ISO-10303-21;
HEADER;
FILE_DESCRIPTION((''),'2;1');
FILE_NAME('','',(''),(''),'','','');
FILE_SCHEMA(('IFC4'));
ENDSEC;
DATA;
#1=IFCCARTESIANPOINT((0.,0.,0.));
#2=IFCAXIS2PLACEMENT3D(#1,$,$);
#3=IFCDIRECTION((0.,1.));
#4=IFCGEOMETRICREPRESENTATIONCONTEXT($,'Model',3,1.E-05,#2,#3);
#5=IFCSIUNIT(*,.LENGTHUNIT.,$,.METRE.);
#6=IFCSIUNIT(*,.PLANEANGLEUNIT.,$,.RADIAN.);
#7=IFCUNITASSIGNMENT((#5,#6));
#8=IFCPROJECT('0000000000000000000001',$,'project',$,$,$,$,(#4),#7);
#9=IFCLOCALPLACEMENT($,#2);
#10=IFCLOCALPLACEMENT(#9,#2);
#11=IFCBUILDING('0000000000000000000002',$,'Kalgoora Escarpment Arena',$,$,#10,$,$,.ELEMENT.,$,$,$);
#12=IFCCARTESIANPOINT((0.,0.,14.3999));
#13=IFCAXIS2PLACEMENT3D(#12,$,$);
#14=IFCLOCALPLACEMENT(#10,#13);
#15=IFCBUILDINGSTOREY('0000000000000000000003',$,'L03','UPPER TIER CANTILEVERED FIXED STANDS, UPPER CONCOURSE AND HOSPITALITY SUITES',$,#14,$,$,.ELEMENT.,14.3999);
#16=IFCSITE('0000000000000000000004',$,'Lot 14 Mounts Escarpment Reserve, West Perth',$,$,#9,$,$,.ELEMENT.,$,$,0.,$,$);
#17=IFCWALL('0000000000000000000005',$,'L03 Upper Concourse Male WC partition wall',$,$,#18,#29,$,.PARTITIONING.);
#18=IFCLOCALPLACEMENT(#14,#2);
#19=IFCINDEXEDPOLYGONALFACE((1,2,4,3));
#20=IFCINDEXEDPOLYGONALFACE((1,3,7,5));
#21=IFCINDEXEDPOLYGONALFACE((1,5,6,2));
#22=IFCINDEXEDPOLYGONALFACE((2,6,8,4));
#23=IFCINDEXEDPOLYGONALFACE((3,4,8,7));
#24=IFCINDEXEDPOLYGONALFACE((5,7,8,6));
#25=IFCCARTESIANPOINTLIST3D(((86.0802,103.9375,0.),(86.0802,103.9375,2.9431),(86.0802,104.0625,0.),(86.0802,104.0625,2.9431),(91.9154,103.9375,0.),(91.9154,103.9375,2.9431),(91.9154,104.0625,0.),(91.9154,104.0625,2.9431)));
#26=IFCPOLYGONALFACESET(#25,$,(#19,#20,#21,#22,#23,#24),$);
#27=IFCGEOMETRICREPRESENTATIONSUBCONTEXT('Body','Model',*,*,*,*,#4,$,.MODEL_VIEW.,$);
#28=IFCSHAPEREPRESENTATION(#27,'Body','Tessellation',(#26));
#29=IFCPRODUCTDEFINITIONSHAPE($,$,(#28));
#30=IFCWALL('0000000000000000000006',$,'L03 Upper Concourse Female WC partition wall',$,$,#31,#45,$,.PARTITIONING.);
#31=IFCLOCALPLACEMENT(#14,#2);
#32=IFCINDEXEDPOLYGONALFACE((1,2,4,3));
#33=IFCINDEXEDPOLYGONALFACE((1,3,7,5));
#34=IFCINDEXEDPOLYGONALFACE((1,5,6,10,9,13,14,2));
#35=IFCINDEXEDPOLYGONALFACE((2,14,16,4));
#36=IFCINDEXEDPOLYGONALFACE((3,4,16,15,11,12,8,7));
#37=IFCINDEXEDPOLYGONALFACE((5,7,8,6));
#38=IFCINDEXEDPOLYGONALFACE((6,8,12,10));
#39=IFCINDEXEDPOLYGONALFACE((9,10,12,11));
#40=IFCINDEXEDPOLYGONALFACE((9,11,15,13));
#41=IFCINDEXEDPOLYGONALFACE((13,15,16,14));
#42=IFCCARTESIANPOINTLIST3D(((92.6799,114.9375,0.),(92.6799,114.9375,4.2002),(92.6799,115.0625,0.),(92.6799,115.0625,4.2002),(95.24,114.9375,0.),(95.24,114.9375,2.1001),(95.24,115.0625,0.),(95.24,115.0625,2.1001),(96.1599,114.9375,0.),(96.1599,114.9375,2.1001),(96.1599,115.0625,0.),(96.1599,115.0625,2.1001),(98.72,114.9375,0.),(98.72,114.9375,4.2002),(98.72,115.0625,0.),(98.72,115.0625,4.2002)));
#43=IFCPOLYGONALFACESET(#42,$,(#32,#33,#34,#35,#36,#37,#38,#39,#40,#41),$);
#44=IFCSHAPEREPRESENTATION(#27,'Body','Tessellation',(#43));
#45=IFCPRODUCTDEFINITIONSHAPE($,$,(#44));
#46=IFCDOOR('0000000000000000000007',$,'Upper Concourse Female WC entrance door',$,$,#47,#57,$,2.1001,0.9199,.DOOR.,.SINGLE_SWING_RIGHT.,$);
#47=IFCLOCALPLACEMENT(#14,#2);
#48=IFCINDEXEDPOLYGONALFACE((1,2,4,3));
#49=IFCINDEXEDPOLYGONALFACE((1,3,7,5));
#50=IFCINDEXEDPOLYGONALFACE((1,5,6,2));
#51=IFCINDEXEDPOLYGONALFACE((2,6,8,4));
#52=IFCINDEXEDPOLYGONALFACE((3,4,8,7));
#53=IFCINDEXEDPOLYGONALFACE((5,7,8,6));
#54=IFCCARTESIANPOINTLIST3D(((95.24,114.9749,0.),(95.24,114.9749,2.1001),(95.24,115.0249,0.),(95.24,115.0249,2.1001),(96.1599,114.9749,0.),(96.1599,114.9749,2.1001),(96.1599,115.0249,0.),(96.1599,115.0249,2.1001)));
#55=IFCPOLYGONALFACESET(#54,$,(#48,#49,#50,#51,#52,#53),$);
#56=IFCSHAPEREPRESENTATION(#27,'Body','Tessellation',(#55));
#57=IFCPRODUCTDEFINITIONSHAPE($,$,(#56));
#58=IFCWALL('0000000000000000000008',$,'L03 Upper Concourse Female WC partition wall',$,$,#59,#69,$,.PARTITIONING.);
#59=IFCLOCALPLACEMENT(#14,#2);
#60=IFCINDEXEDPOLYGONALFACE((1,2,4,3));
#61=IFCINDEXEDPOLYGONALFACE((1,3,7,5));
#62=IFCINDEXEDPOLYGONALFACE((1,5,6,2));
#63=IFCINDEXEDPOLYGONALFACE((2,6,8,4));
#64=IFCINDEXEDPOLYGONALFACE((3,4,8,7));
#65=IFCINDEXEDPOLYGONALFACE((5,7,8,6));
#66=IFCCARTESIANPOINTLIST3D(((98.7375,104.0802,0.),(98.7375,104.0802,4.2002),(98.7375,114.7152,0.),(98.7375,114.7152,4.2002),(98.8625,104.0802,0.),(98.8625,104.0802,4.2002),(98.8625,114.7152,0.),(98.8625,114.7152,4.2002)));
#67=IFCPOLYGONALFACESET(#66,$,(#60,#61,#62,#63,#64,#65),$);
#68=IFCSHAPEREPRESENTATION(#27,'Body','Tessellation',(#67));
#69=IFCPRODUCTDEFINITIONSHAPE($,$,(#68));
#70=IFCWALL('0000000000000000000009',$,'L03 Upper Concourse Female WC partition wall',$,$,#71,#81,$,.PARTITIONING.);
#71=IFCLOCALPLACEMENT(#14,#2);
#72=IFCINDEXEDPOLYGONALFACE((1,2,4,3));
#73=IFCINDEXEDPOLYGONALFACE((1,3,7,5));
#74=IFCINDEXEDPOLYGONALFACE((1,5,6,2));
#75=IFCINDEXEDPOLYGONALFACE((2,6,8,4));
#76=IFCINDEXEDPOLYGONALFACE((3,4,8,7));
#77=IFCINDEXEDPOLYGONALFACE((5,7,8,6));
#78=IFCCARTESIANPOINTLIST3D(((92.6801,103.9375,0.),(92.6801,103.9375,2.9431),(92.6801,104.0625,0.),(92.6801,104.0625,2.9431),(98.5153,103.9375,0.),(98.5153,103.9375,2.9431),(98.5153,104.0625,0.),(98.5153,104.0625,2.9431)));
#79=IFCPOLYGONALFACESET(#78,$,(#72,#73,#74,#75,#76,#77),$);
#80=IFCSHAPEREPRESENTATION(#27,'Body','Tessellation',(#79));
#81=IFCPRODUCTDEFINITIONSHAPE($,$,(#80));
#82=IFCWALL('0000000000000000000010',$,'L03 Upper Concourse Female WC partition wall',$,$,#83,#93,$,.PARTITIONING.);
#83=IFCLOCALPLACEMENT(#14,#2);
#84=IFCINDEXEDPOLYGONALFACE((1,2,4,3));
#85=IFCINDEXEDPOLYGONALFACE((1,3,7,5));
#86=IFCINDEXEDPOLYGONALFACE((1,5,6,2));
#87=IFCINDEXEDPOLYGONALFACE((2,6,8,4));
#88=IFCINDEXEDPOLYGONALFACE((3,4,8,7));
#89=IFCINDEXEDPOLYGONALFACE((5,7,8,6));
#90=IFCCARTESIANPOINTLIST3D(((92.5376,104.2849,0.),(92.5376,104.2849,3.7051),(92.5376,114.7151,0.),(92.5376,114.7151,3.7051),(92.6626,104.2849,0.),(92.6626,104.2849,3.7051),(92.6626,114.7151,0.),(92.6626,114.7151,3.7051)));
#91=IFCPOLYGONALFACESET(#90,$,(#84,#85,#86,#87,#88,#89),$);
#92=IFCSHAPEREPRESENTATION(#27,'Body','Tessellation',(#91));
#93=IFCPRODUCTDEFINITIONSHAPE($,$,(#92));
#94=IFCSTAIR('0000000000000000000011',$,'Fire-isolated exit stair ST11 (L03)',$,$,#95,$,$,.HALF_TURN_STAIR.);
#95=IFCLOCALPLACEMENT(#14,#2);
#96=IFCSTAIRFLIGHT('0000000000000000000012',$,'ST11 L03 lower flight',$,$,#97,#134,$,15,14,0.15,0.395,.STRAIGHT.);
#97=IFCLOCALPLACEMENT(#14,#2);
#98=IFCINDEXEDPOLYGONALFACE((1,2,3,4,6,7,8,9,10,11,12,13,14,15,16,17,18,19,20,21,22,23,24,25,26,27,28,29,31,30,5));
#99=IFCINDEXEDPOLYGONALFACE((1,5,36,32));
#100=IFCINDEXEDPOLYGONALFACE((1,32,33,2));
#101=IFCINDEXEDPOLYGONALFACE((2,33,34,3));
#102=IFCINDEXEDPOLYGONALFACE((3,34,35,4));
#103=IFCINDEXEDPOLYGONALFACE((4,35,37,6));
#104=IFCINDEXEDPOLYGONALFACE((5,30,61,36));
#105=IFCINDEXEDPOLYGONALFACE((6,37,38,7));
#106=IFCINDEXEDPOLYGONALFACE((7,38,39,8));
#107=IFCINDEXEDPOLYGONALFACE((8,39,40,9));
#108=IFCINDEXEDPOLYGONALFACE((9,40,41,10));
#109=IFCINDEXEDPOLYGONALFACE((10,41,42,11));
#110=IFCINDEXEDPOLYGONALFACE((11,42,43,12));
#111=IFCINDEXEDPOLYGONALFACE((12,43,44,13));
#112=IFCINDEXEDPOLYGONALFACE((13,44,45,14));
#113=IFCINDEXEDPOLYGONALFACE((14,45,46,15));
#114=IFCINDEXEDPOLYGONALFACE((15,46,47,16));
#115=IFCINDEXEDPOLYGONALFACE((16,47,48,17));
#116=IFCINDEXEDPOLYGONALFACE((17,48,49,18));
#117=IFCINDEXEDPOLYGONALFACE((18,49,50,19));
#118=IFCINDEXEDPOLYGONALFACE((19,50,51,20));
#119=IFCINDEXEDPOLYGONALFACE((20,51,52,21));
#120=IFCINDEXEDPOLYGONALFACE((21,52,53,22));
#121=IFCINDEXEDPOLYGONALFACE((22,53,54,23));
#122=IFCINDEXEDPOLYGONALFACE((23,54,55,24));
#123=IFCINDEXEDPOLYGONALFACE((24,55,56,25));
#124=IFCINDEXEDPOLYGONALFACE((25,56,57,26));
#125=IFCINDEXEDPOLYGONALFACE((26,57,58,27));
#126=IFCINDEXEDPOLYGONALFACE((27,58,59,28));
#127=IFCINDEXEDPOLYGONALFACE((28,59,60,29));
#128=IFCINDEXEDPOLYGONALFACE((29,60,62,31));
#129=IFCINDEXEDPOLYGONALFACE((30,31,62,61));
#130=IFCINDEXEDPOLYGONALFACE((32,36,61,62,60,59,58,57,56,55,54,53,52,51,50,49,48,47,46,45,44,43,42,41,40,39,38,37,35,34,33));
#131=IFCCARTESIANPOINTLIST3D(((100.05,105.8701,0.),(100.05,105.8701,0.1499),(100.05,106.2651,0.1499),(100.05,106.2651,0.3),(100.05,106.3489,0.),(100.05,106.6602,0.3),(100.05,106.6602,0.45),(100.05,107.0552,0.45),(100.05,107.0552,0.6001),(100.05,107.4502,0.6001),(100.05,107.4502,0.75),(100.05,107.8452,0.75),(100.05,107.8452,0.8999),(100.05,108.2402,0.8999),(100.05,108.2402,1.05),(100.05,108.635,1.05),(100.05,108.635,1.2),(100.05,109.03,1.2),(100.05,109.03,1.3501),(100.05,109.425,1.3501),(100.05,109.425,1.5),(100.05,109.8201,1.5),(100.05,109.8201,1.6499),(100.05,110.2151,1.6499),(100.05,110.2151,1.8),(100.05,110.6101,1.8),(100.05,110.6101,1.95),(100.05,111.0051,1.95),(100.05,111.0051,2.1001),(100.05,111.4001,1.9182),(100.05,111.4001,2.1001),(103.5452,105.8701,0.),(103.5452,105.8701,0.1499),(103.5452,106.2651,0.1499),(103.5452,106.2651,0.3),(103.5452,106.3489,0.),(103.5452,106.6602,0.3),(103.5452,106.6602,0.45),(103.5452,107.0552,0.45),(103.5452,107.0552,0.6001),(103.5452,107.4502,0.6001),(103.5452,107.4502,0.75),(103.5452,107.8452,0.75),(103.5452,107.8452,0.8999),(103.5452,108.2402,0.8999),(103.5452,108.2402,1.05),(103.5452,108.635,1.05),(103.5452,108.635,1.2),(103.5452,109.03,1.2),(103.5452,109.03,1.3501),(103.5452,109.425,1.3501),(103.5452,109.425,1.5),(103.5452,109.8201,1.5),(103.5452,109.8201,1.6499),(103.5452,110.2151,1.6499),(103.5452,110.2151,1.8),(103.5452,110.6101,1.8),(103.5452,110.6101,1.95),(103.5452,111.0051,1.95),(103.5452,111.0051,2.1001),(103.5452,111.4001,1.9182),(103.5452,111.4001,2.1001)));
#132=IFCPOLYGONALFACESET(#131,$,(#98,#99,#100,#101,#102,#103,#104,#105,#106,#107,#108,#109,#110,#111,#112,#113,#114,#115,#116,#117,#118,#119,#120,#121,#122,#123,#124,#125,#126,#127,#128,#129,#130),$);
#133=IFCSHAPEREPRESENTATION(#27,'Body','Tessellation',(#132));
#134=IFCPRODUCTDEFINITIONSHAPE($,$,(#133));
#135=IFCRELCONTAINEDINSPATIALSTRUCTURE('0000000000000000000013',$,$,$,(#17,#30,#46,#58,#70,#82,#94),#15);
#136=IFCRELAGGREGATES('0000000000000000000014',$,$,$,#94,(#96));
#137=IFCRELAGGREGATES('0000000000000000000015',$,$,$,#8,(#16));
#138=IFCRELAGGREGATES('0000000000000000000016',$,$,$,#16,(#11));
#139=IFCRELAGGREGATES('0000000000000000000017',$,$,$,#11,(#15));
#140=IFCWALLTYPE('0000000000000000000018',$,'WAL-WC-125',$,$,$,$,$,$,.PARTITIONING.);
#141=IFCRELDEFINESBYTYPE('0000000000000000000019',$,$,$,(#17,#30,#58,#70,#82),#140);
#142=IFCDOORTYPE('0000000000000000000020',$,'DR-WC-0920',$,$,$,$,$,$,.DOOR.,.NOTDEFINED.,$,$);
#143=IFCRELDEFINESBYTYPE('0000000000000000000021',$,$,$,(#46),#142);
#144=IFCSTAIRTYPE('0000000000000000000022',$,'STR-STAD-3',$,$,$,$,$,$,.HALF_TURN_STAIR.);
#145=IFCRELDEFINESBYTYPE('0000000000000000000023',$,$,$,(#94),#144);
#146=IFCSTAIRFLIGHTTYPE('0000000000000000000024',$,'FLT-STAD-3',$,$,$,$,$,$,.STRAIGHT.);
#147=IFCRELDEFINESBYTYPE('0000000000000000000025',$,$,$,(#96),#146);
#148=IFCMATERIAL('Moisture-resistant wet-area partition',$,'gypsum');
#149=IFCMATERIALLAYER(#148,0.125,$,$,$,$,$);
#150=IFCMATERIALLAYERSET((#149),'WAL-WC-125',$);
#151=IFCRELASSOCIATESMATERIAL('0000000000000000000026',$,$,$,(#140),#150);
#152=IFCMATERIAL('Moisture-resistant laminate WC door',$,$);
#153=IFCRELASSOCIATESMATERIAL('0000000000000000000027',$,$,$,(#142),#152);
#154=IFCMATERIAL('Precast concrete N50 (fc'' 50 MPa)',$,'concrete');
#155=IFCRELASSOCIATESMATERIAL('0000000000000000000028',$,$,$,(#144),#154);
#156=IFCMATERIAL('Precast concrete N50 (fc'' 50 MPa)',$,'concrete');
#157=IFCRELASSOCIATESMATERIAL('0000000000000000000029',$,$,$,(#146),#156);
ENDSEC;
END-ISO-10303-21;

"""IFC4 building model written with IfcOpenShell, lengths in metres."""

from ifc_helpers import new_model, si_unit, direction, frame, frame_2d, origin, place, context, subcontext, project, spatial, polyline, rectangle, outline, extrude, material, layer, layer_set, type_object, element, fill, aggregate, save


model = new_model("IFC4")

# Units and contexts
model_context = context("Model", 3, precision=1e-05, world=origin(), true_north=direction((0.0, 1.0)))
body_context = subcontext(model_context, "Body", "Model", "MODEL_VIEW")
ifc_project = project(units=[si_unit("LENGTHUNIT", "METRE"), si_unit("PLANEANGLEUNIT", "RADIAN")], contexts=[model_context])

# Site, building, storey
site_placement = place(None, origin())
site = spatial("IfcSite", under=ifc_project, at=site_placement, Name="Lot 14 Mounts Escarpment Reserve, West Perth", CompositionType="ELEMENT", RefElevation=0.0)
building_placement = place(site_placement, origin())
building = spatial("IfcBuilding", under=site, at=building_placement, Name="Kalgoora Escarpment Arena", CompositionType="ELEMENT")
storey_placement = place(building_placement, frame((0.0, 0.0, 14.3999)))
storey = spatial("IfcBuildingStorey", under=building, at=storey_placement, Name="L03", Description="UPPER TIER CANTILEVERED FIXED STANDS, UPPER CONCOURSE AND HOSPITALITY SUITES", CompositionType="ELEMENT", Elevation=14.3999)

# Wall
ifc_material_1 = material(Name="Moisture-resistant wet-area partition", Category="gypsum")
ifc_layer_1 = layer(ifc_material_1, 0.125)
ifc_layer_set_1 = layer_set([ifc_layer_1], Name="WAL-WC-125")
wall_type_1 = type_object("IfcWallType", Name="WAL-WC-125", PredefinedType="PARTITIONING", material=ifc_layer_set_1)
wall_1_placement = place(storey_placement, frame((91.9153, 104.0, 0.0), z_axis=(0.0, 0.0, 1.0), x_axis=(-1.0, 0.0, 0.0)))
element("IfcWall", 1, at=wall_1_placement, inside=storey, type_object=wall_type_1, Name="L03 Upper Concourse Male WC partition wall", PredefinedType="PARTITIONING", context=body_context, shape_type="SweptSolid", body=[
    extrude(rectangle(XDim=5.8352, YDim=0.125, at=frame_2d((2.9175, 0.0))), origin(), (0.0, 0.0, 1.0), 2.9431),
])

# Wall, opening, door
wall_2_placement = place(storey_placement, frame((92.6799, 115.0, 0.0), z_axis=(0.0, 0.0, 1.0), x_axis=(1.0, 0.0, 0.0)))
wall_2 = element("IfcWall", 2, at=wall_2_placement, inside=storey, type_object=wall_type_1, Name="L03 Upper Concourse Female WC partition wall", PredefinedType="PARTITIONING", context=body_context, shape_type="SweptSolid", body=[
    extrude(rectangle(XDim=6.04, YDim=0.125, at=frame_2d((3.02, 0.0))), origin(), (0.0, 0.0, 1.0), 4.2002),
])
opening_1_placement = place(wall_2_placement, frame((2.5601, 0.0, 0.0)))
opening_1 = element("IfcOpeningElement", 3, at=opening_1_placement, cuts=wall_2, PredefinedType="OPENING", context=body_context, shape_type="SweptSolid", body=[
    extrude(rectangle(XDim=0.9199, YDim=2.1001, at=frame_2d((0.46, 1.05))), frame((0.0, 0.0725, 0.0), z_axis=(0.0, -1.0, 0.0), x_axis=(1.0, 0.0, 0.0)), (0.0, 0.0, 1.0), 0.145),
])
ifc_material_2 = material(Name="Moisture-resistant laminate WC door")
door_type = type_object("IfcDoorType", Name="DR-WC-0920", OperationType="NOTDEFINED", PredefinedType="DOOR", material=ifc_material_2)
door_placement = place(opening_1_placement, origin())
door = element("IfcDoor", 4, at=door_placement, inside=storey, type_object=door_type, Name="Upper Concourse Female WC entrance door", OperationType="SINGLE_SWING_RIGHT", OverallHeight=2.1001, OverallWidth=0.9199, PredefinedType="DOOR", context=body_context, shape_type="SweptSolid", body=[
    extrude(rectangle(XDim=0.9199, YDim=2.1001, at=frame_2d((0.46, 1.05))), frame((0.0, 0.0249, 0.0), z_axis=(0.0, -1.0, 0.0), x_axis=(1.0, 0.0, 0.0)), (0.0, 0.0, 1.0), 0.05),
])
fill(opening_1, door)

# Walls
wall_3_placement = place(storey_placement, frame((98.8, 114.7151, 0.0), z_axis=(0.0, 0.0, 1.0), x_axis=(0.0, -1.0, 0.0)))
element("IfcWall", 5, at=wall_3_placement, inside=storey, type_object=wall_type_1, Name="L03 Upper Concourse Female WC partition wall", PredefinedType="PARTITIONING", context=body_context, shape_type="SweptSolid", body=[
    extrude(rectangle(XDim=10.635, YDim=0.125, at=frame_2d((5.3174, 0.0))), origin(), (0.0, 0.0, 1.0), 4.2002),
])
wall_4_placement = place(storey_placement, frame((98.5151, 104.0, 0.0), z_axis=(0.0, 0.0, 1.0), x_axis=(-1.0, 0.0, 0.0)))
element("IfcWall", 6, at=wall_4_placement, inside=storey, type_object=wall_type_1, Name="L03 Upper Concourse Female WC partition wall", PredefinedType="PARTITIONING", context=body_context, shape_type="SweptSolid", body=[
    extrude(rectangle(XDim=5.8352, YDim=0.125, at=frame_2d((2.9175, 0.0))), origin(), (0.0, 0.0, 1.0), 2.9431),
])
wall_5_placement = place(storey_placement, frame((92.6001, 104.2849, 0.0), z_axis=(0.0, 0.0, 1.0), x_axis=(0.0, 1.0, 0.0)))
element("IfcWall", 7, at=wall_5_placement, inside=storey, type_object=wall_type_1, Name="L03 Upper Concourse Female WC partition wall", PredefinedType="PARTITIONING", context=body_context, shape_type="SweptSolid", body=[
    extrude(rectangle(XDim=10.4302, YDim=0.125, at=frame_2d((5.2151, 0.0))), origin(), (0.0, 0.0, 1.0), 3.7051),
])

# Stair, stair flight
ifc_material_3 = material(Name="Precast concrete N50 (fc' 50 MPa)", Category="concrete")
stair_type = type_object("IfcStairType", Name="STR-STAD-3", PredefinedType="HALF_TURN_STAIR", material=ifc_material_3)
stair_placement = place(storey_placement, origin())
stair = element("IfcStair", 8, at=stair_placement, inside=storey, type_object=stair_type, Name="Fire-isolated exit stair ST11 (L03)", PredefinedType="HALF_TURN_STAIR")
ifc_material_4 = material(Name="Precast concrete N50 (fc' 50 MPa)", Category="concrete")
stair_flight_type = type_object("IfcStairFlightType", Name="FLT-STAD-3", PredefinedType="STRAIGHT", material=ifc_material_4)
stair_flight_placement = place(storey_placement, frame((101.7976, 105.8701, 0.0), z_axis=(0.0, 0.0, 1.0), x_axis=(0.0, 1.0, 0.0)))
stair_flight = element("IfcStairFlight", 9, at=stair_flight_placement, type_object=stair_flight_type, Name="ST11 L03 lower flight", NumberOfRisers=15, NumberOfTreads=14, PredefinedType="STRAIGHT", RiserHeight=0.15, TreadLength=0.395, context=body_context, shape_type="SweptSolid", body=[
    extrude(outline(polyline([(0.0, 0.0), (0.0, 0.1499), (0.395, 0.1499), (0.395, 0.3), (0.79, 0.3), (0.79, 0.45), (1.1851, 0.45), (1.1851, 0.6001), (1.5801, 0.6001), (1.5801, 0.75), (1.9751, 0.75), (1.9751, 0.8999), (2.3701, 0.8999), (2.3701, 1.05), (2.7649, 1.05), (2.7649, 1.2), (3.1599, 1.2), (3.1599, 1.3501), (3.5549, 1.3501), (3.5549, 1.5), (3.95, 1.5), (3.95, 1.6499), (4.345, 1.6499), (4.345, 1.8), (4.74, 1.8), (4.74, 1.95), (5.135, 1.95), (5.135, 2.1001), (5.53, 2.1001), (5.53, 2.25), (5.53, 1.9182), (0.4788, 0.0), (0.0, 0.0)])), frame((0.0, 1.7476, 0.0), z_axis=(0.0, -1.0, 0.0), x_axis=(1.0, 0.0, 0.0)), (0.0, 0.0, 1.0), 3.4951),
])
aggregate(stair, [stair_flight])

save(model, "model.ifc")
